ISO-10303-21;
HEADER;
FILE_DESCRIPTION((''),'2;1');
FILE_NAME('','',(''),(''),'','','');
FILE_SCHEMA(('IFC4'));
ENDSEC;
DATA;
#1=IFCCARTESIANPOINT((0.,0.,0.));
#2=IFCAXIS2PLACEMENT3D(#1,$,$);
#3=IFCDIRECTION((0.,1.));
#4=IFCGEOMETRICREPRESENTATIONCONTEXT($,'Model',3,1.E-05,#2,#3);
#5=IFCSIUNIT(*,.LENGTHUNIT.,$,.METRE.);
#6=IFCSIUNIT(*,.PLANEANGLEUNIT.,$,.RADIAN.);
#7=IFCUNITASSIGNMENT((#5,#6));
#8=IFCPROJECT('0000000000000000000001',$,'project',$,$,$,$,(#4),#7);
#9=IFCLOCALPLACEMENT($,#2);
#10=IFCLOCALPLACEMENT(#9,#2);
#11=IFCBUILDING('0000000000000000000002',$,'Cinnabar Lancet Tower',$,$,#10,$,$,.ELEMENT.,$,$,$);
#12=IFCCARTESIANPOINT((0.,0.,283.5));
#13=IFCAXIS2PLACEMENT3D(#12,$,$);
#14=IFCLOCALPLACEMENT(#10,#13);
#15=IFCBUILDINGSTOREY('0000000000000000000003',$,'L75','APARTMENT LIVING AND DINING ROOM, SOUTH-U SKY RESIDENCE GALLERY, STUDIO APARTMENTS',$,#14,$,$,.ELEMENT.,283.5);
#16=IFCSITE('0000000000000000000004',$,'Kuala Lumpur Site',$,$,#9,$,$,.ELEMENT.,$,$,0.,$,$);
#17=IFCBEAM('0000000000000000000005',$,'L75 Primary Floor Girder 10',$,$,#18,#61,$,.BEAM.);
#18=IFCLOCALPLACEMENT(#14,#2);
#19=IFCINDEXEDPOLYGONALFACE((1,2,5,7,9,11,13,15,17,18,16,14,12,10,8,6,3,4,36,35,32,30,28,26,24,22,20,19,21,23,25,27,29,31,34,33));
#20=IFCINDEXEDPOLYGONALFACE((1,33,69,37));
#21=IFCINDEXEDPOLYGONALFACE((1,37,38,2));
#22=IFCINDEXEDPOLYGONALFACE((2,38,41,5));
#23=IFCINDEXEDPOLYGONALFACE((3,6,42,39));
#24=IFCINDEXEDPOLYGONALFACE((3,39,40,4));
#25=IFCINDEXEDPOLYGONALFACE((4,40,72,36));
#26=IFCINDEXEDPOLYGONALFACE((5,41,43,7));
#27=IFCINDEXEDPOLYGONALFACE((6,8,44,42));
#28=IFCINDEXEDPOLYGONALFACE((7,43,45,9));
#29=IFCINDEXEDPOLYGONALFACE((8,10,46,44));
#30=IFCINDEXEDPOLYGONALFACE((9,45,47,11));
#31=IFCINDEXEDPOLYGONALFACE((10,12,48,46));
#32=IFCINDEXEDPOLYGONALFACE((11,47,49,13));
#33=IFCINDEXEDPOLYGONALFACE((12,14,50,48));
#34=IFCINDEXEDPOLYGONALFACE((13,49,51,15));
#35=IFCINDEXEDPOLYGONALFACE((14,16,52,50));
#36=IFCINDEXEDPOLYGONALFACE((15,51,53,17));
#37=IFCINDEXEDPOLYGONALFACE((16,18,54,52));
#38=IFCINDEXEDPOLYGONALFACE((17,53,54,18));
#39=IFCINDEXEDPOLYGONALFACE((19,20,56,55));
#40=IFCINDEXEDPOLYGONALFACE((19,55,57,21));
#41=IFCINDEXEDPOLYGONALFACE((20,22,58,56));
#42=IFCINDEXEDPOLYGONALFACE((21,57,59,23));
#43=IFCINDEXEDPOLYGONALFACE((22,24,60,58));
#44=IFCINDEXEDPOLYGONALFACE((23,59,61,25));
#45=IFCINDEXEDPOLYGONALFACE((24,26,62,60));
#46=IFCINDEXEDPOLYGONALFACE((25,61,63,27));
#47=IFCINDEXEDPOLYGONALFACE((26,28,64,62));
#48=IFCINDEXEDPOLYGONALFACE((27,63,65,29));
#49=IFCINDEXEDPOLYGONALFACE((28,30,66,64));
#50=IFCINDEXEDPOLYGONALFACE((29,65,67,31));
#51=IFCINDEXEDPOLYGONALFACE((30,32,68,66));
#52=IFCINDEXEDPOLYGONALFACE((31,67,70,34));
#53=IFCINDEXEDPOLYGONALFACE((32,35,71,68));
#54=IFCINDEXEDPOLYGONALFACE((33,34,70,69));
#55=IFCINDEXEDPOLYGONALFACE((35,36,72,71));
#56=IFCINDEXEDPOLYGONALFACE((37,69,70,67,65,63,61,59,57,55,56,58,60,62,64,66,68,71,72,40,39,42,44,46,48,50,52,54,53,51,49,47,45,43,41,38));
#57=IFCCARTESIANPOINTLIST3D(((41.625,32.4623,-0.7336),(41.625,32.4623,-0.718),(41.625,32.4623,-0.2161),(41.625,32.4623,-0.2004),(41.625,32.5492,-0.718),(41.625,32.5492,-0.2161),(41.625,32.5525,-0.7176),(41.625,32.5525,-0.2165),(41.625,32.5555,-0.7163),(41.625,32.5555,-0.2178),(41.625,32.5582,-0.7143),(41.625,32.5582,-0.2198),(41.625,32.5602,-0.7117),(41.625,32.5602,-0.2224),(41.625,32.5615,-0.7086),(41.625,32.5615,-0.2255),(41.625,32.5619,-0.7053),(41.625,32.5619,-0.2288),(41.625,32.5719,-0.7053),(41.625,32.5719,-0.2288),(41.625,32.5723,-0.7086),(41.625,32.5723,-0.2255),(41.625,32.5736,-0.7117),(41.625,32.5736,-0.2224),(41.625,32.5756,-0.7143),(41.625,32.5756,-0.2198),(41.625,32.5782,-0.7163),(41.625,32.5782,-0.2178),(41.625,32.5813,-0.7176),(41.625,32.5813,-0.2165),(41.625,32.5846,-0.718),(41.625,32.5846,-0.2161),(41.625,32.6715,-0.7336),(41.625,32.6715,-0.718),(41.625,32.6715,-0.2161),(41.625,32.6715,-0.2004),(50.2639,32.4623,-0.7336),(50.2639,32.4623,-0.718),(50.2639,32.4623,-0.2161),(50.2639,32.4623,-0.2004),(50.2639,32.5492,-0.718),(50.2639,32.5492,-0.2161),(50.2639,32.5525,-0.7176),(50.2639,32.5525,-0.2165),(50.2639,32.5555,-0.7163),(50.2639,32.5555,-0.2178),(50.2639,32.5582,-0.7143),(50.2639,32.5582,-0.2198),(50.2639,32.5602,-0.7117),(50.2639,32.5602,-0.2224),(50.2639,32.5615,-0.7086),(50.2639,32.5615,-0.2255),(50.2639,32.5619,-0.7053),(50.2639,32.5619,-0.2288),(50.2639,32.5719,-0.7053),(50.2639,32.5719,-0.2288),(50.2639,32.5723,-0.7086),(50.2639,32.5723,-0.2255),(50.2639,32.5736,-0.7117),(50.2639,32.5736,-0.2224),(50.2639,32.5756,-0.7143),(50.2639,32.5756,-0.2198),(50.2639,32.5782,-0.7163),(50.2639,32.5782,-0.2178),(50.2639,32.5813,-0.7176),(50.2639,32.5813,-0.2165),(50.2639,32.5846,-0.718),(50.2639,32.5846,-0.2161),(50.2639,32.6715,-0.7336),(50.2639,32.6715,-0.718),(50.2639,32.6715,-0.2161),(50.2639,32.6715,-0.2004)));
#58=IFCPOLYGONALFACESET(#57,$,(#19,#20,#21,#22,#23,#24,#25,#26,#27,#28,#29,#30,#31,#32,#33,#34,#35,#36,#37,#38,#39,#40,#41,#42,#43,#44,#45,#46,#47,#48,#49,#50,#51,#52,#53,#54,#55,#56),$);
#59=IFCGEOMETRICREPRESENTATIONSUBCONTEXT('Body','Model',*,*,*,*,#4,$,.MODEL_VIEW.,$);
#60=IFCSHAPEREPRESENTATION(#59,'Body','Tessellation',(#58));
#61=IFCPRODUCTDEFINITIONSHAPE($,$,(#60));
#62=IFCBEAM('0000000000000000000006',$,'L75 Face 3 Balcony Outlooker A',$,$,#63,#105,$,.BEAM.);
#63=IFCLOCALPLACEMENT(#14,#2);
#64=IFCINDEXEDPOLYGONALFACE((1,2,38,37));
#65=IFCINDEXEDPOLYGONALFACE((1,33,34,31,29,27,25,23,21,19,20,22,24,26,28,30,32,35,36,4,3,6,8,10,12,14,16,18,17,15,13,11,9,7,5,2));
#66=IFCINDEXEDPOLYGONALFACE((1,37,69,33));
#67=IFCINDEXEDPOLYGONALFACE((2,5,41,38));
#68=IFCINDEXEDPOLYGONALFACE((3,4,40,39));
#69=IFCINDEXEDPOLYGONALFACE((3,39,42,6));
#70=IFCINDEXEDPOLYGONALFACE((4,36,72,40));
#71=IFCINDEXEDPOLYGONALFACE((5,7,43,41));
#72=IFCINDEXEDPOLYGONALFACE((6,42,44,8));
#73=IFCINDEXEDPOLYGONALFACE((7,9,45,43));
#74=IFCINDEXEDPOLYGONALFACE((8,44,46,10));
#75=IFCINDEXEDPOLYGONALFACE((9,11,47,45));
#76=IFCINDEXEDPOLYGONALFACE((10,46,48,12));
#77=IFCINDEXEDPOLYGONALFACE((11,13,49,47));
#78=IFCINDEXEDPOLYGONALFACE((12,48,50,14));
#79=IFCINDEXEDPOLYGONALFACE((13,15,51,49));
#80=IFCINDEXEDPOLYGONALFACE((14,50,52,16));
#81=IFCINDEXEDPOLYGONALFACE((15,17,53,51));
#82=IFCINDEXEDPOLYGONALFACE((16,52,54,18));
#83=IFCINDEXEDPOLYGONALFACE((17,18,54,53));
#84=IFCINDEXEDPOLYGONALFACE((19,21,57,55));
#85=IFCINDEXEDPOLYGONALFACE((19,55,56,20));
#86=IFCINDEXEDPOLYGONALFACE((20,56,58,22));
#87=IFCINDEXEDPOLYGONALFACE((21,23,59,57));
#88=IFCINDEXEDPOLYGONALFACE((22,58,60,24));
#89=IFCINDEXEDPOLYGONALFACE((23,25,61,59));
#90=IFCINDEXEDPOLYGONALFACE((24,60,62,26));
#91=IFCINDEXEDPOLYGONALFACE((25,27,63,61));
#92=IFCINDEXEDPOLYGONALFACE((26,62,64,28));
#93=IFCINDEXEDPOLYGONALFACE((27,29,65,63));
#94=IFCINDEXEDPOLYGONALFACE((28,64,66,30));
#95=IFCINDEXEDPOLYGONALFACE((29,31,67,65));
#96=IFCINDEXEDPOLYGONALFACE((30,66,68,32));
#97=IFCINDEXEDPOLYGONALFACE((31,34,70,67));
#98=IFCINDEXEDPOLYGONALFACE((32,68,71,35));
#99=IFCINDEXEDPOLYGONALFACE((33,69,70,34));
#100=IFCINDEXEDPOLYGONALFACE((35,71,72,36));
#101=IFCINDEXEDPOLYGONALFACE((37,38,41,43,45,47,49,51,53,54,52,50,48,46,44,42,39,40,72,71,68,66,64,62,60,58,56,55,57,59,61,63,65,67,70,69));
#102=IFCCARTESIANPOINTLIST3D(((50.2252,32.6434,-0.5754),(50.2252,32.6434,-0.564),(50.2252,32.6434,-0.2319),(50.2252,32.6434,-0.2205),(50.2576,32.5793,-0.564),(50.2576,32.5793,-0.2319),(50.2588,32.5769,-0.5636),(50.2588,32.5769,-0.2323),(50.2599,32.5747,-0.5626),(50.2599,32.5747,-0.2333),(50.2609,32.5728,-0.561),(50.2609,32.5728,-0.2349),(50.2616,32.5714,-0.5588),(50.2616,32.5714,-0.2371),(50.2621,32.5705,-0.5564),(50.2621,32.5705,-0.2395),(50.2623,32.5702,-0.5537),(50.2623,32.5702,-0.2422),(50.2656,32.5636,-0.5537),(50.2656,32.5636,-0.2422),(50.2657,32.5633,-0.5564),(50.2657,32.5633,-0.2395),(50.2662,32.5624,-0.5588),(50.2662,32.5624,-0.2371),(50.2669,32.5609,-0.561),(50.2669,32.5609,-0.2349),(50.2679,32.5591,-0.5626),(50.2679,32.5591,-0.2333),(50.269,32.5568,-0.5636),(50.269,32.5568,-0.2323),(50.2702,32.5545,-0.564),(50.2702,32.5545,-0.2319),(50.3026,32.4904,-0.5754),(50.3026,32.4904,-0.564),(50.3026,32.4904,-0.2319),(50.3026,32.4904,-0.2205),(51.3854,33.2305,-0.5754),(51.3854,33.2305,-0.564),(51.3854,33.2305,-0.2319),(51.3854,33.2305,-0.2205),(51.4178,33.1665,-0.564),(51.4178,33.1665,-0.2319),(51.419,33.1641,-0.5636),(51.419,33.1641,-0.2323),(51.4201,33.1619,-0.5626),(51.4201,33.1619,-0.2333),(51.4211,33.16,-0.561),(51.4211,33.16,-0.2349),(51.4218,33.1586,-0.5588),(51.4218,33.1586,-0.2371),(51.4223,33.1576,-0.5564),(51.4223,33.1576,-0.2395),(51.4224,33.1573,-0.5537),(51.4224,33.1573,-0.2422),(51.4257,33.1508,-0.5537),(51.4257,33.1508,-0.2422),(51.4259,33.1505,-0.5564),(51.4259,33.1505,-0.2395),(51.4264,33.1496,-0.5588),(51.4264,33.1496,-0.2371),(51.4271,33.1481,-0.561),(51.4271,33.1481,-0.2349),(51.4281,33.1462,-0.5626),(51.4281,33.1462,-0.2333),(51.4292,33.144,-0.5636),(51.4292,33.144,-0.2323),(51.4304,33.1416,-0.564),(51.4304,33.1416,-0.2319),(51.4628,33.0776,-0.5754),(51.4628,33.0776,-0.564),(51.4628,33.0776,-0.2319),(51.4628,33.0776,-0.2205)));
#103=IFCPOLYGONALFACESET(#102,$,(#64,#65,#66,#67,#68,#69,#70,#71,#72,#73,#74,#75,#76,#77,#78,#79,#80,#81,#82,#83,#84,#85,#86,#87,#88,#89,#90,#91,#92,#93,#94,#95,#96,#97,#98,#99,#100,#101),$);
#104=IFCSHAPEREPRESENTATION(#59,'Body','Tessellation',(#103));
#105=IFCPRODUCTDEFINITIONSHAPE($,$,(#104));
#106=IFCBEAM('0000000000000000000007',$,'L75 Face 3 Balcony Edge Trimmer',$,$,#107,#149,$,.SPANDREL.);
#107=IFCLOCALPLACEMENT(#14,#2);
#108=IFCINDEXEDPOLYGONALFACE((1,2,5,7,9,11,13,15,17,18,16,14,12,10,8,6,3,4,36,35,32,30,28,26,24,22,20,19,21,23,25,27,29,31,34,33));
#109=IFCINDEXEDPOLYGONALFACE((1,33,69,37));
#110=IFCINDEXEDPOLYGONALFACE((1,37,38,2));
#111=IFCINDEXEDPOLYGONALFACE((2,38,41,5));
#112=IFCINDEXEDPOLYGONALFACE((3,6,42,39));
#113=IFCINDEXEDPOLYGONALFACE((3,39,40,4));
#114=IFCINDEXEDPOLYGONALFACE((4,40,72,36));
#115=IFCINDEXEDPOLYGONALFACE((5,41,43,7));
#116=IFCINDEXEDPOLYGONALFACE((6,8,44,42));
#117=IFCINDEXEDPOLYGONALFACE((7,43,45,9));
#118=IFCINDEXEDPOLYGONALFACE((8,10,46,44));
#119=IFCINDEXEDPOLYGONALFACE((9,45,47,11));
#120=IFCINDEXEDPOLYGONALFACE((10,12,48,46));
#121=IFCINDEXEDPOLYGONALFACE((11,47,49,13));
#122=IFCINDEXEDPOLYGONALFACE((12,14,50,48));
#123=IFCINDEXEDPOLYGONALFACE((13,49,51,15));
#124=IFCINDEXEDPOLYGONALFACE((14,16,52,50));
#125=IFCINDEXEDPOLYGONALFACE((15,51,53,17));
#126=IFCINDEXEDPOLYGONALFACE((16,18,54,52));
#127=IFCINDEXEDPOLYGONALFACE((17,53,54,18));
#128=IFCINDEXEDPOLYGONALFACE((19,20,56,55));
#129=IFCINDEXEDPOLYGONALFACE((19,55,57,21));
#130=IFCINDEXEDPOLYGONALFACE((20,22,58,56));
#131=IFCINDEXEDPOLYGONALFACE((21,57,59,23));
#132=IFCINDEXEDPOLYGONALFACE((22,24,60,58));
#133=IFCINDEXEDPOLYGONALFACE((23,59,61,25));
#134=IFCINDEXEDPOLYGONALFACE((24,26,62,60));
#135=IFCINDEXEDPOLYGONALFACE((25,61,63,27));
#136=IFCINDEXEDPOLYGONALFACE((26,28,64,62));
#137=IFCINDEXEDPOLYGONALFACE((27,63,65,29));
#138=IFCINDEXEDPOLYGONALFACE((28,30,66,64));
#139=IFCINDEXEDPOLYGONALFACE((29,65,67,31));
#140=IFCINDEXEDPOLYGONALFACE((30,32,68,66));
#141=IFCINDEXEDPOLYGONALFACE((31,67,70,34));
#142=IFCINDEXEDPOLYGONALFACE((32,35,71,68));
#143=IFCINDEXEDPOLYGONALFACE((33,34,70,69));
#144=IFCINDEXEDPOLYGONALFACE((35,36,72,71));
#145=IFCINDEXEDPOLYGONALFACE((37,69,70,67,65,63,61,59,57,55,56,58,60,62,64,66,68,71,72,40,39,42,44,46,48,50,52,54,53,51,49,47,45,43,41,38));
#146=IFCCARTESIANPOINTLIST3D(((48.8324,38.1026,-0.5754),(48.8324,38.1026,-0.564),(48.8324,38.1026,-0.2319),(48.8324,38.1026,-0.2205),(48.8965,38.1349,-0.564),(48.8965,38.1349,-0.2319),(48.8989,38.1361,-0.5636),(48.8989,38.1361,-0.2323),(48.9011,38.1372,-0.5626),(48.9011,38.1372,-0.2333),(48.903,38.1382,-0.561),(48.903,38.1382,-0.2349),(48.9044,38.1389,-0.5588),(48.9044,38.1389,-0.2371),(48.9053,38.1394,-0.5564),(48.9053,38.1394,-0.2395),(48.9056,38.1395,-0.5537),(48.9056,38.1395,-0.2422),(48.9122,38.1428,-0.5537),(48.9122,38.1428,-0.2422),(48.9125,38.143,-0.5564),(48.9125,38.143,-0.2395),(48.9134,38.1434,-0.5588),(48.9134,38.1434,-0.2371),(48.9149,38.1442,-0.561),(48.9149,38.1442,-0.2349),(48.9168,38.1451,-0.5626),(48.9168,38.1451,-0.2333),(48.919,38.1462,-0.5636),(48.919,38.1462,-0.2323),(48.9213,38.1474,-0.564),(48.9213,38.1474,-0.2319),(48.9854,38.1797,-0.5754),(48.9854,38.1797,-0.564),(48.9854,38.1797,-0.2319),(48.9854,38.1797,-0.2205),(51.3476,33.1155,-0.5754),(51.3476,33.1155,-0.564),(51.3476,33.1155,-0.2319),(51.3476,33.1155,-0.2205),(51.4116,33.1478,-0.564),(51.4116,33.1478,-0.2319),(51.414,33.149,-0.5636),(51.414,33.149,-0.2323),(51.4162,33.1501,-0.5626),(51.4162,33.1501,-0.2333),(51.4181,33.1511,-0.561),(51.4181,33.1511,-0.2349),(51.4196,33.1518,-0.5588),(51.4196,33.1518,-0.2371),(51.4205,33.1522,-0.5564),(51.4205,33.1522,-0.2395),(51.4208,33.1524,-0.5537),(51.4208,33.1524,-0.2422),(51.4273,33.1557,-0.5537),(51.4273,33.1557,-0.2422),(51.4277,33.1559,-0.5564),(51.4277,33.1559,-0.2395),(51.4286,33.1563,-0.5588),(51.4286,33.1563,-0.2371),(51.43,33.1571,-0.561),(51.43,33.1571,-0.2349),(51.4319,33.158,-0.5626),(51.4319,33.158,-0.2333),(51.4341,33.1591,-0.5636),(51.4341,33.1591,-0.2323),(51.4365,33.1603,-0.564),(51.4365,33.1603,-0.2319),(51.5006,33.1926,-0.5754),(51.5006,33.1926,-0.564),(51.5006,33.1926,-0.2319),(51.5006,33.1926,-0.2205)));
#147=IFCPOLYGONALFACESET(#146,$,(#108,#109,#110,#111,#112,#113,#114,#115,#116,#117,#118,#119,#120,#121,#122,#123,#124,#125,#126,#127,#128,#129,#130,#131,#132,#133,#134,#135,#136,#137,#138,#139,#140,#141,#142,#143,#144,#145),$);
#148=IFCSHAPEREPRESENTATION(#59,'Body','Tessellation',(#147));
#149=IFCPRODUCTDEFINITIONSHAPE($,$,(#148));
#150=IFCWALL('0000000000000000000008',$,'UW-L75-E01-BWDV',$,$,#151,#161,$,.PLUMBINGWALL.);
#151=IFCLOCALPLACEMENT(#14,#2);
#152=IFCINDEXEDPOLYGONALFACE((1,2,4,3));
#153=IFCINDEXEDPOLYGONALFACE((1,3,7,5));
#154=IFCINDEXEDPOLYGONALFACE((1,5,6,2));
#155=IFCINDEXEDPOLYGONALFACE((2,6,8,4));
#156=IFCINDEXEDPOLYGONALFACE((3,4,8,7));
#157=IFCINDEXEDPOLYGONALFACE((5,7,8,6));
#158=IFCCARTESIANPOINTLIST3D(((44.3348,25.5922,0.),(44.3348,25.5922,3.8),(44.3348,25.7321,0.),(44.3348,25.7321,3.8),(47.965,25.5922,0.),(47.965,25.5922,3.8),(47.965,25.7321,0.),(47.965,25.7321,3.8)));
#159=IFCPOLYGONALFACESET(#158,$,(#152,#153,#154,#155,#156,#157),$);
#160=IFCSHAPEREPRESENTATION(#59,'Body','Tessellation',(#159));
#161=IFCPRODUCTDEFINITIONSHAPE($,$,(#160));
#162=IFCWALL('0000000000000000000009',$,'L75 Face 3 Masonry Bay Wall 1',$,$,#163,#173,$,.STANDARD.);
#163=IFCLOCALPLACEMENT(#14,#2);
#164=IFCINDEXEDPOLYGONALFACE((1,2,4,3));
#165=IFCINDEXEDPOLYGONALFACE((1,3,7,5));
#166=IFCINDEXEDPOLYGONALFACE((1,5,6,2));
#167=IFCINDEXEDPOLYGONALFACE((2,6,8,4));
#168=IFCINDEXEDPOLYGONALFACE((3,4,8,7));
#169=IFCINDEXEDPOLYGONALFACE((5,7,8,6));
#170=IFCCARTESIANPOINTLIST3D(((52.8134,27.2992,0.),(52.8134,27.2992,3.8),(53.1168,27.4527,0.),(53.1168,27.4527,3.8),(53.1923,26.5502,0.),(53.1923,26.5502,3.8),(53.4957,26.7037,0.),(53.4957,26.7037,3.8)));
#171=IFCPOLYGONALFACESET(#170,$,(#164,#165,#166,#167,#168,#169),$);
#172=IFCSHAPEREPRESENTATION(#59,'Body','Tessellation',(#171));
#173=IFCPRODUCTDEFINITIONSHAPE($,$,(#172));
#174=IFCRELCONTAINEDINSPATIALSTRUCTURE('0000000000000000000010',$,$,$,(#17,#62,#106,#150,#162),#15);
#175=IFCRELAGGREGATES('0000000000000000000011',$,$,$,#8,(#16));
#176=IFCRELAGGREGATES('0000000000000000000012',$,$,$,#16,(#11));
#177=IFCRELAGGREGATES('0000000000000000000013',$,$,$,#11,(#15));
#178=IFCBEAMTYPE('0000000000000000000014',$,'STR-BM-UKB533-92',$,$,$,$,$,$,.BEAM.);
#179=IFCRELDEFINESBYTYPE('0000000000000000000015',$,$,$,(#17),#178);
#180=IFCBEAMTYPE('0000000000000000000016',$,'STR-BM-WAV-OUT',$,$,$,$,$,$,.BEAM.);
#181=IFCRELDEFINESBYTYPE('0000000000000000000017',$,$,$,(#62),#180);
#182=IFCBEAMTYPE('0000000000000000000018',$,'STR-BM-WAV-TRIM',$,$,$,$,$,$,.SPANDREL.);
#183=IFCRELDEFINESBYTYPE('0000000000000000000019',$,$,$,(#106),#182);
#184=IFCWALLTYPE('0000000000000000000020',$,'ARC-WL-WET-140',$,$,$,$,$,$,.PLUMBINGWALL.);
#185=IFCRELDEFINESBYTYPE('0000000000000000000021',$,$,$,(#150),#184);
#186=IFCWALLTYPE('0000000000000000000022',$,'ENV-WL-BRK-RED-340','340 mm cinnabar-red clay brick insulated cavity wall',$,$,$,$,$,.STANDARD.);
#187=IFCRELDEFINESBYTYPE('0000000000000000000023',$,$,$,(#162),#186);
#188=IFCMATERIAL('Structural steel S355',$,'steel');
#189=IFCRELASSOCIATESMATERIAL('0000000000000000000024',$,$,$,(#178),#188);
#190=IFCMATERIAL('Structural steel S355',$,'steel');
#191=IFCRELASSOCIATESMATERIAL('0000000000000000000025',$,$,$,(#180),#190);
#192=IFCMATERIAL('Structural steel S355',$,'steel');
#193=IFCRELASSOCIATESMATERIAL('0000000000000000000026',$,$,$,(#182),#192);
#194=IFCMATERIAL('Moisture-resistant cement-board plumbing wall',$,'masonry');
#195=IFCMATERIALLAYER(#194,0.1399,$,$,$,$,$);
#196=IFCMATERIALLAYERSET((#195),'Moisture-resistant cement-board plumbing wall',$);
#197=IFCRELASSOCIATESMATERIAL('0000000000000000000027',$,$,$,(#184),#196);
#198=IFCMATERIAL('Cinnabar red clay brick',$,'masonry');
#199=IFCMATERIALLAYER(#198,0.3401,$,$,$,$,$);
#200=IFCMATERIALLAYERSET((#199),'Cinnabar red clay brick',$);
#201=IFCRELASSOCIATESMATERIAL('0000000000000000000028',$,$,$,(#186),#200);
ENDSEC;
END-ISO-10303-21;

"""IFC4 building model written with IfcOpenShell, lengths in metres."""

from ifc_helpers import new_model, si_unit, direction, frame, frame_2d, origin, origin_2d, place, context, subcontext, project, spatial, rectangle, i_section, extrude, material, layer, layer_set, material_profile, profile_set, type_object, element, save


model = new_model("IFC4")

# Units and contexts
model_context = context("Model", 3, precision=1e-05, world=origin(), true_north=direction((0.0, 1.0)))
body_context = subcontext(model_context, "Body", "Model", "MODEL_VIEW")
ifc_project = project(units=[si_unit("LENGTHUNIT", "METRE"), si_unit("PLANEANGLEUNIT", "RADIAN")], contexts=[model_context])

# Site, building, storey
site_placement = place(None, origin())
site = spatial("IfcSite", under=ifc_project, at=site_placement, Name="Kuala Lumpur Site", CompositionType="ELEMENT", RefElevation=0.0)
building_placement = place(site_placement, origin())
building = spatial("IfcBuilding", under=site, at=building_placement, Name="Cinnabar Lancet Tower", CompositionType="ELEMENT")
storey_placement = place(building_placement, frame((0.0, 0.0, 283.5)))
storey = spatial("IfcBuildingStorey", under=building, at=storey_placement, Name="L75", Description="APARTMENT LIVING AND DINING ROOM, SOUTH-U SKY RESIDENCE GALLERY, STUDIO APARTMENTS", CompositionType="ELEMENT", Elevation=283.5)

# Beams
ifc_material_1 = material(Name="Structural steel S355", Category="steel")
ifc_material_profile_1 = material_profile(ifc_material_1, i_section(OverallWidth=0.2092, OverallDepth=0.5332, WebThickness=0.01, FlangeThickness=0.0156, FilletRadius=0.0127, at=origin_2d()), Name="UKB 533x210x92")
ifc_profile_set_1 = profile_set([ifc_material_profile_1], Name="Structural steel S355")
beam_type_1 = type_object("IfcBeamType", Name="STR-BM-UKB533-92", PredefinedType="BEAM", material=ifc_profile_set_1)
beam_1_placement = place(storey_placement, frame((50.2639, 32.5669, -0.467), z_axis=(-1.0, 0.0, 0.0), x_axis=(0.0, -1.0, 0.0)))
element("IfcBeam", 1, at=beam_1_placement, inside=storey, type_object=beam_type_1, Name="L75 Primary Floor Girder 10", PredefinedType="BEAM", context=body_context, shape_type="SweptSolid", body=[
    extrude(i_section(OverallWidth=0.2092, OverallDepth=0.5332, WebThickness=0.01, FlangeThickness=0.0156, FilletRadius=0.0127, at=origin_2d()), origin(), (0.0, 0.0, 1.0), 8.6389),
])
ifc_material_2 = material(Name="Structural steel S355", Category="steel")
ifc_material_profile_2 = material_profile(ifc_material_2, i_section(OverallWidth=0.1714, OverallDepth=0.355, WebThickness=0.0073, FlangeThickness=0.0115, FilletRadius=0.0103, at=origin_2d()), Name="UKB 356x171x51")
ifc_profile_set_2 = profile_set([ifc_material_profile_2], Name="Structural steel S355")
beam_type_2 = type_object("IfcBeamType", Name="STR-BM-WAV-OUT", PredefinedType="BEAM", material=ifc_profile_set_2)
beam_2_placement = place(storey_placement, frame((50.2639, 32.5669, -0.3979), z_axis=(0.892239, 0.451564, 0.0), x_axis=(-0.451564, 0.892239, 0.0)))
element("IfcBeam", 2, at=beam_2_placement, inside=storey, type_object=beam_type_2, Name="L75 Face 3 Balcony Outlooker A", PredefinedType="BEAM", context=body_context, shape_type="SweptSolid", body=[
    extrude(i_section(OverallWidth=0.1714, OverallDepth=0.355, WebThickness=0.0073, FlangeThickness=0.0115, FilletRadius=0.0103, at=origin_2d()), origin(), (0.0, 0.0, 1.0), 1.3003),
])
ifc_material_3 = material(Name="Structural steel S355", Category="steel")
ifc_material_profile_3 = material_profile(ifc_material_3, i_section(OverallWidth=0.1714, OverallDepth=0.355, WebThickness=0.0073, FlangeThickness=0.0115, FilletRadius=0.0103, at=origin_2d()), Name="UKB 356x171x51")
ifc_profile_set_3 = profile_set([ifc_material_profile_3], Name="Structural steel S355")
beam_type_3 = type_object("IfcBeamType", Name="STR-BM-WAV-TRIM", PredefinedType="SPANDREL", material=ifc_profile_set_3)
beam_3_placement = place(storey_placement, frame((51.4241, 33.1541, -0.3979), z_axis=(-0.450306, 0.892874, 0.0), x_axis=(-0.892874, -0.450306, 0.0)))
element("IfcBeam", 3, at=beam_3_placement, inside=storey, type_object=beam_type_3, Name="L75 Face 3 Balcony Edge Trimmer", PredefinedType="SPANDREL", context=body_context, shape_type="SweptSolid", body=[
    extrude(i_section(OverallWidth=0.1714, OverallDepth=0.355, WebThickness=0.0073, FlangeThickness=0.0115, FilletRadius=0.0103, at=origin_2d()), origin(), (0.0, 0.0, 1.0), 5.5854),
])

# Walls
ifc_material_4 = material(Name="Moisture-resistant cement-board plumbing wall", Category="masonry")
ifc_layer_1 = layer(ifc_material_4, 0.1399)
ifc_layer_set_1 = layer_set([ifc_layer_1], Name="Moisture-resistant cement-board plumbing wall")
wall_type_1 = type_object("IfcWallType", Name="ARC-WL-WET-140", PredefinedType="PLUMBINGWALL", material=ifc_layer_set_1)
wall_1_placement = place(storey_placement, frame((44.335, 25.6621, 0.0), z_axis=(0.0, 0.0, 1.0), x_axis=(1.0, 0.0, 0.0)))
element("IfcWall", 4, at=wall_1_placement, inside=storey, type_object=wall_type_1, Name="UW-L75-E01-BWDV", PredefinedType="PLUMBINGWALL", context=body_context, shape_type="SweptSolid", body=[
    extrude(rectangle(XDim=3.6301, YDim=0.1399, at=frame_2d((1.8149, 0.0))), origin(), (0.0, 0.0, 1.0), 3.8),
])
ifc_material_5 = material(Name="Cinnabar red clay brick", Category="masonry")
ifc_layer_2 = layer(ifc_material_5, 0.3401)
ifc_layer_set_2 = layer_set([ifc_layer_2], Name="Cinnabar red clay brick")
wall_type_2 = type_object("IfcWallType", Name="ENV-WL-BRK-RED-340", Description="340 mm cinnabar-red clay brick insulated cavity wall", PredefinedType="STANDARD", material=ifc_layer_set_2)
wall_2_placement = place(storey_placement, frame((53.344, 26.627, 0.0), z_axis=(0.0, 0.0, 1.0), x_axis=(-0.451397, 0.892323, 0.0)))
element("IfcWall", 5, at=wall_2_placement, inside=storey, type_object=wall_type_2, Name="L75 Face 3 Masonry Bay Wall 1", PredefinedType="STANDARD", context=body_context, shape_type="SweptSolid", body=[
    extrude(rectangle(XDim=0.8394, YDim=0.3401, at=frame_2d((0.4197, 0.0))), origin(), (0.0, 0.0, 1.0), 3.8),
])

save(model, "model.ifc")
